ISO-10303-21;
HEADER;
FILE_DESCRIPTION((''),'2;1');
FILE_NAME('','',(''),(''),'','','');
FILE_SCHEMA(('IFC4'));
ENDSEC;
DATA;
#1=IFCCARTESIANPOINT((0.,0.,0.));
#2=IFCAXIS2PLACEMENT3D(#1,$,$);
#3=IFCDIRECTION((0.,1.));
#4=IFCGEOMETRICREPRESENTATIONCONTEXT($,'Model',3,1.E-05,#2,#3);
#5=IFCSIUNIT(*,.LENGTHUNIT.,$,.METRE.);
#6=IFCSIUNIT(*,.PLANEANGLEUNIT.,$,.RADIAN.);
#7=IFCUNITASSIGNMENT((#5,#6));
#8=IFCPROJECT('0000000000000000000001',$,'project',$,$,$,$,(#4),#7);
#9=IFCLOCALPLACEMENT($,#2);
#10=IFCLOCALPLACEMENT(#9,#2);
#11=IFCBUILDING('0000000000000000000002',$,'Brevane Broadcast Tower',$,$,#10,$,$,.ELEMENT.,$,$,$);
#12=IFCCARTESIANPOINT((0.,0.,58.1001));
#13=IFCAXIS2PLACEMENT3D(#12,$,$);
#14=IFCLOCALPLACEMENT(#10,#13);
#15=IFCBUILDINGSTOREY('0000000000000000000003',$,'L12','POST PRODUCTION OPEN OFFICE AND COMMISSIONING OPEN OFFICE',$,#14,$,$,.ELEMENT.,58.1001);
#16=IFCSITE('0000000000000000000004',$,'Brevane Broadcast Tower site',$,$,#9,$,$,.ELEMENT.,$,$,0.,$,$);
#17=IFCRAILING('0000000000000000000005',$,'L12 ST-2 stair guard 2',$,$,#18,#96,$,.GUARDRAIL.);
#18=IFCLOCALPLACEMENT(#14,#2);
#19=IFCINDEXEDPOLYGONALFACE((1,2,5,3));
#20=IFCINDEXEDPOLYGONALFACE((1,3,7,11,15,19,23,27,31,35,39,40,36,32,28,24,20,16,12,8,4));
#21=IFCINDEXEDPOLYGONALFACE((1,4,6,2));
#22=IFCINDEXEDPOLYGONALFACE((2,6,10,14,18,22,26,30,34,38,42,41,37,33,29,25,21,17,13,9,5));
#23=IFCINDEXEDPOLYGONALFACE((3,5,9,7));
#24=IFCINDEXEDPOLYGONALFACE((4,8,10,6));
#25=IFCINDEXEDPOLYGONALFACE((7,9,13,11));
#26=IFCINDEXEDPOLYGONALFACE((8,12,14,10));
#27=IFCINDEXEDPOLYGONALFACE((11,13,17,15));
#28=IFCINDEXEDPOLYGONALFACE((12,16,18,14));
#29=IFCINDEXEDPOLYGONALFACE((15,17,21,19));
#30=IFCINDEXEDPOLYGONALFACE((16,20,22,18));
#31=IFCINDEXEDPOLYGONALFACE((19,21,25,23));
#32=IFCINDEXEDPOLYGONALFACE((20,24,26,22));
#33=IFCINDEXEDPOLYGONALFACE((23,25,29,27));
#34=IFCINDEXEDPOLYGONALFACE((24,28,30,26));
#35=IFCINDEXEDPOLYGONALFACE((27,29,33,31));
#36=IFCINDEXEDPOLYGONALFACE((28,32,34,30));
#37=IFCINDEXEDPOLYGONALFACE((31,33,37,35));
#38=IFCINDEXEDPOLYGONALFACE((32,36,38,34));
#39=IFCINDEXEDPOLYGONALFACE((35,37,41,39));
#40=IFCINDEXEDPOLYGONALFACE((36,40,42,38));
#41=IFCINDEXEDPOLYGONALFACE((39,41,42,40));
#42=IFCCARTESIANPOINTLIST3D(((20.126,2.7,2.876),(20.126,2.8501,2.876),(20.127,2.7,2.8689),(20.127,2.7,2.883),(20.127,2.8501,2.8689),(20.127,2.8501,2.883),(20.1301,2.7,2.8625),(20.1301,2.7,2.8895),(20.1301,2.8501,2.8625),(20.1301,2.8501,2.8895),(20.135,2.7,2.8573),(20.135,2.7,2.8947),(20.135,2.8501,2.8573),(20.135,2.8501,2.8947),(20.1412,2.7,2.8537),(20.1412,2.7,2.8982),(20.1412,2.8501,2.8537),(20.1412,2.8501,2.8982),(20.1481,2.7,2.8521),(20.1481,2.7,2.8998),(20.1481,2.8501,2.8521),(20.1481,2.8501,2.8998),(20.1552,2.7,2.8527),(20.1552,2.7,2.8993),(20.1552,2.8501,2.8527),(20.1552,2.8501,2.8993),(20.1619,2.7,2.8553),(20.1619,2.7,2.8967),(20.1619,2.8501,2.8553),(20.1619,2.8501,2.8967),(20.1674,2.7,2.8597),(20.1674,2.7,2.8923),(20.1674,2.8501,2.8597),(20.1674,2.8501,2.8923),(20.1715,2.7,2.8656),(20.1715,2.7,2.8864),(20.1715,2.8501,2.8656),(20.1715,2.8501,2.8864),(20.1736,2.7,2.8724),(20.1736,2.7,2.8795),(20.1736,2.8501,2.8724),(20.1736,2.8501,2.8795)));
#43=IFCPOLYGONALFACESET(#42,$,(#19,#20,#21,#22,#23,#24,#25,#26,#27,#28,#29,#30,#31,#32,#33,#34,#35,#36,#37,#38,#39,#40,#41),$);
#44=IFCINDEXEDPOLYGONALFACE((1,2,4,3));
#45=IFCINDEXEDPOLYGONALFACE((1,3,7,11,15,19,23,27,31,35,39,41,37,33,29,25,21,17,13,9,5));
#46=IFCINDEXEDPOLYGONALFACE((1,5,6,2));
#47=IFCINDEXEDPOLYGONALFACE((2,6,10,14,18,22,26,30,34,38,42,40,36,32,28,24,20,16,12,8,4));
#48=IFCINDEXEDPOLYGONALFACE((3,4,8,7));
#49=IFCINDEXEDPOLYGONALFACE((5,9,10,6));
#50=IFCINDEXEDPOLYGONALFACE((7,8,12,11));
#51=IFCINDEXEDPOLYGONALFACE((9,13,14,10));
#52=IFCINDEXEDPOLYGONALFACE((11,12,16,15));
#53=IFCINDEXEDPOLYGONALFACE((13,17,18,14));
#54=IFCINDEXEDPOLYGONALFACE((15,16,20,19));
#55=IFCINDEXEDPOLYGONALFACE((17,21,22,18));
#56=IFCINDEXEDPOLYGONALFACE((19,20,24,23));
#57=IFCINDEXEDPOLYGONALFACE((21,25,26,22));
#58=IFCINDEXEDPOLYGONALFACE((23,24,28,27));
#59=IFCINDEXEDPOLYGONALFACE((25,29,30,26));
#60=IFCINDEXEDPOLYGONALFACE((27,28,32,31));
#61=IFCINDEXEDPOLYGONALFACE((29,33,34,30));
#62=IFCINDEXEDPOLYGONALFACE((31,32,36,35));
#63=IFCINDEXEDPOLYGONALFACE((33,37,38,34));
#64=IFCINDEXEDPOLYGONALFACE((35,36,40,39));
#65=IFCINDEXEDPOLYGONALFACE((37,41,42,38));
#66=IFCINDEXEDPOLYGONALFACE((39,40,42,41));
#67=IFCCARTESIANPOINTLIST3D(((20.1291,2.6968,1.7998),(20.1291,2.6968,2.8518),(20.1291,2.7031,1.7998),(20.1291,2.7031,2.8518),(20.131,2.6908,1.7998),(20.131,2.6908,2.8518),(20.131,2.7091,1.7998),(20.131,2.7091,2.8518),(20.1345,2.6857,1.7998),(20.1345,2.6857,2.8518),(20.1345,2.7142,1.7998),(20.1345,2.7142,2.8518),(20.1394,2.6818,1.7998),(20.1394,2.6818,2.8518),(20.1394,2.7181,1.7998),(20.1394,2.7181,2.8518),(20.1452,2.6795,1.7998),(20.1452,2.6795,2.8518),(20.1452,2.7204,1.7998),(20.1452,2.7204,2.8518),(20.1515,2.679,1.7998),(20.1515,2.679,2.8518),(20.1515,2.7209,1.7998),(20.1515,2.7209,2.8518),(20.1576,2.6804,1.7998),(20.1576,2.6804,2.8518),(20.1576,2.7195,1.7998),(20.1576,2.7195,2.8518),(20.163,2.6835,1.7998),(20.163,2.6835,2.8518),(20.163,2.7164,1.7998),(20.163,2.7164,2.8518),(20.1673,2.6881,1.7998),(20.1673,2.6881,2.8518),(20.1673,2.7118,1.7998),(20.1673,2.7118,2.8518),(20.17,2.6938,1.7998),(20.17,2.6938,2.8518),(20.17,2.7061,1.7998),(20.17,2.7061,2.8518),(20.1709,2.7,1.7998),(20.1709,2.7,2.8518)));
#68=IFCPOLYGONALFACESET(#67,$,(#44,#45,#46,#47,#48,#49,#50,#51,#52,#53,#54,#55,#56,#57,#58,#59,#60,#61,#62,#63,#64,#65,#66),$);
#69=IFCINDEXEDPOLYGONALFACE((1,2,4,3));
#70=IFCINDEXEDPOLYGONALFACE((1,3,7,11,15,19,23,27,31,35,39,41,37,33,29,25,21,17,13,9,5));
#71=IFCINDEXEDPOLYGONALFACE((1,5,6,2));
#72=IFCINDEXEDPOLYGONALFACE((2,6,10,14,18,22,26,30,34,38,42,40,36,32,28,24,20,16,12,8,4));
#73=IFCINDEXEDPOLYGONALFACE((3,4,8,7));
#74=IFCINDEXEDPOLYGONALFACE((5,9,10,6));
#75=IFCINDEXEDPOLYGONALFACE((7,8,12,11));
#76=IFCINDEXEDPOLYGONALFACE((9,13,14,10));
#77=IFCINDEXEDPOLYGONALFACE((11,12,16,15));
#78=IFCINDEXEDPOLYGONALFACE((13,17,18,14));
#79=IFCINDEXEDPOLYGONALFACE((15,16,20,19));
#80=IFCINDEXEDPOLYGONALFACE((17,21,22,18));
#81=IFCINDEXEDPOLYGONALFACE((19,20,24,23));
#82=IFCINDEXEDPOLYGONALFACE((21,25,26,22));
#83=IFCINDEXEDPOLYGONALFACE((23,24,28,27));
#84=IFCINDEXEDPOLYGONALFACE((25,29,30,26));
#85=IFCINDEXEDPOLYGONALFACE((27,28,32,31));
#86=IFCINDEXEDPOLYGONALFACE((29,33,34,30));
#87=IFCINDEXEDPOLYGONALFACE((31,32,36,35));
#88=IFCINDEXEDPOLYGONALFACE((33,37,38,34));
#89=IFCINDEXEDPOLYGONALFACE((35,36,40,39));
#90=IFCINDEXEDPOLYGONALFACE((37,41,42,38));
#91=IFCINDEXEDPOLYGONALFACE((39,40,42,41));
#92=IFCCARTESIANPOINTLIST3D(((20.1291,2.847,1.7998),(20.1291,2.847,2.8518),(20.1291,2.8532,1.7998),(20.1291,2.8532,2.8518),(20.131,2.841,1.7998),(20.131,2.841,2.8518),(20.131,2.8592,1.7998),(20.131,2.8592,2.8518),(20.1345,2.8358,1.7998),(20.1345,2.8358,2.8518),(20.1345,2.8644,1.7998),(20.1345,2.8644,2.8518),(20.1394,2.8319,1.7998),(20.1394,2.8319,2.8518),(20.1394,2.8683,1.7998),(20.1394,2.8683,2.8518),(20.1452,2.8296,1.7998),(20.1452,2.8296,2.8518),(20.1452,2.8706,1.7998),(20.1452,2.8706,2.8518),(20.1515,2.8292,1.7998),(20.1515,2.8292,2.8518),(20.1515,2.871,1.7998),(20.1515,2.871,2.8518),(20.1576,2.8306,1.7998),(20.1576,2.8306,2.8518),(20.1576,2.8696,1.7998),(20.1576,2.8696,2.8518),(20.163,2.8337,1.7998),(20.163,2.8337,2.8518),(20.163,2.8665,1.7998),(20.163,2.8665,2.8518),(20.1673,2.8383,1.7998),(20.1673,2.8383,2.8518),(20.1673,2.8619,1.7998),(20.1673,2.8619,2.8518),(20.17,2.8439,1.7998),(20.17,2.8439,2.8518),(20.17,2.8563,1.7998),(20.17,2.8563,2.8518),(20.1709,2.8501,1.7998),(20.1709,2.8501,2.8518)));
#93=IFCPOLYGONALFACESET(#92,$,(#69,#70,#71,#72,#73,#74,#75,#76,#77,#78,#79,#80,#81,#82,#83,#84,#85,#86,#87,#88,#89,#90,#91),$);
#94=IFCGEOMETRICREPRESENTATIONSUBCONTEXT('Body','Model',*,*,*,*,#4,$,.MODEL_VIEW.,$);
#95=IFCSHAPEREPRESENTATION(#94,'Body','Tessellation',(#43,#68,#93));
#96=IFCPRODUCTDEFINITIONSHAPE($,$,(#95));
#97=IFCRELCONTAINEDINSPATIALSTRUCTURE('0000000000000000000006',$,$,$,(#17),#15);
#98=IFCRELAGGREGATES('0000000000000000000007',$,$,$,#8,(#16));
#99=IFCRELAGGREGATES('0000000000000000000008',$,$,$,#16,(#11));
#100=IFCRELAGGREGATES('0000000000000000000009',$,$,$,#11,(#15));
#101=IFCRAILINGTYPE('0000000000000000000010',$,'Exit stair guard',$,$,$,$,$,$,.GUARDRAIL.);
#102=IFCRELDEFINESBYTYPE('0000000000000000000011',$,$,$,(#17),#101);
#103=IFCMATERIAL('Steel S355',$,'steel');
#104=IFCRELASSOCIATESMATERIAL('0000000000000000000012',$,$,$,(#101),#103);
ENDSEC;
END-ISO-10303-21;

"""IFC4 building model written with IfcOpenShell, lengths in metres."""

from ifc_helpers import new_model, si_unit, direction, frame, origin, origin_2d, place, context, subcontext, project, spatial, circle, extrude, material, type_object, element, save


model = new_model("IFC4")

# Units and contexts
model_context = context("Model", 3, precision=1e-05, world=origin(), true_north=direction((0.0, 1.0)))
body_context = subcontext(model_context, "Body", "Model", "MODEL_VIEW")
ifc_project = project(units=[si_unit("LENGTHUNIT", "METRE"), si_unit("PLANEANGLEUNIT", "RADIAN")], contexts=[model_context])

# Site, building, storey
site_placement = place(None, origin())
site = spatial("IfcSite", under=ifc_project, at=site_placement, Name="Brevane Broadcast Tower site", CompositionType="ELEMENT", RefElevation=0.0)
building_placement = place(site_placement, origin())
building = spatial("IfcBuilding", under=site, at=building_placement, Name="Brevane Broadcast Tower", CompositionType="ELEMENT")
storey_placement = place(building_placement, frame((0.0, 0.0, 58.1001)))
storey = spatial("IfcBuildingStorey", under=building, at=storey_placement, Name="L12", Description="POST PRODUCTION OPEN OFFICE AND COMMISSIONING OPEN OFFICE", CompositionType="ELEMENT", Elevation=58.1001)

# Railing
ifc_material_1 = material(Name="Steel S355", Category="steel")
railing_type_1 = type_object("IfcRailingType", Name="Exit stair guard", PredefinedType="GUARDRAIL", material=ifc_material_1)
railing_1_placement = place(storey_placement, frame((20.1499, 2.7, 1.7998)))
element("IfcRailing", 1, at=railing_1_placement, inside=storey, type_object=railing_type_1, Name="L12 ST-2 stair guard 2", PredefinedType="GUARDRAIL", context=body_context, shape_type="SweptSolid", body=[
    extrude(circle(Radius=0.0239, at=origin_2d()), frame((0.0, 0.0, 1.0762), z_axis=(0.0, 1.0, 0.0), x_axis=(-1.0, 0.0, 0.0)), (0.0, 0.0, 1.0), 0.1501),
    extrude(circle(Radius=0.021, at=origin_2d()), origin(), (0.0, 0.0, 1.0), 1.052),
    extrude(circle(Radius=0.021, at=origin_2d()), frame((0.0, 0.1501, 0.0)), (0.0, 0.0, 1.0), 1.052),
])

save(model, "model.ifc")
